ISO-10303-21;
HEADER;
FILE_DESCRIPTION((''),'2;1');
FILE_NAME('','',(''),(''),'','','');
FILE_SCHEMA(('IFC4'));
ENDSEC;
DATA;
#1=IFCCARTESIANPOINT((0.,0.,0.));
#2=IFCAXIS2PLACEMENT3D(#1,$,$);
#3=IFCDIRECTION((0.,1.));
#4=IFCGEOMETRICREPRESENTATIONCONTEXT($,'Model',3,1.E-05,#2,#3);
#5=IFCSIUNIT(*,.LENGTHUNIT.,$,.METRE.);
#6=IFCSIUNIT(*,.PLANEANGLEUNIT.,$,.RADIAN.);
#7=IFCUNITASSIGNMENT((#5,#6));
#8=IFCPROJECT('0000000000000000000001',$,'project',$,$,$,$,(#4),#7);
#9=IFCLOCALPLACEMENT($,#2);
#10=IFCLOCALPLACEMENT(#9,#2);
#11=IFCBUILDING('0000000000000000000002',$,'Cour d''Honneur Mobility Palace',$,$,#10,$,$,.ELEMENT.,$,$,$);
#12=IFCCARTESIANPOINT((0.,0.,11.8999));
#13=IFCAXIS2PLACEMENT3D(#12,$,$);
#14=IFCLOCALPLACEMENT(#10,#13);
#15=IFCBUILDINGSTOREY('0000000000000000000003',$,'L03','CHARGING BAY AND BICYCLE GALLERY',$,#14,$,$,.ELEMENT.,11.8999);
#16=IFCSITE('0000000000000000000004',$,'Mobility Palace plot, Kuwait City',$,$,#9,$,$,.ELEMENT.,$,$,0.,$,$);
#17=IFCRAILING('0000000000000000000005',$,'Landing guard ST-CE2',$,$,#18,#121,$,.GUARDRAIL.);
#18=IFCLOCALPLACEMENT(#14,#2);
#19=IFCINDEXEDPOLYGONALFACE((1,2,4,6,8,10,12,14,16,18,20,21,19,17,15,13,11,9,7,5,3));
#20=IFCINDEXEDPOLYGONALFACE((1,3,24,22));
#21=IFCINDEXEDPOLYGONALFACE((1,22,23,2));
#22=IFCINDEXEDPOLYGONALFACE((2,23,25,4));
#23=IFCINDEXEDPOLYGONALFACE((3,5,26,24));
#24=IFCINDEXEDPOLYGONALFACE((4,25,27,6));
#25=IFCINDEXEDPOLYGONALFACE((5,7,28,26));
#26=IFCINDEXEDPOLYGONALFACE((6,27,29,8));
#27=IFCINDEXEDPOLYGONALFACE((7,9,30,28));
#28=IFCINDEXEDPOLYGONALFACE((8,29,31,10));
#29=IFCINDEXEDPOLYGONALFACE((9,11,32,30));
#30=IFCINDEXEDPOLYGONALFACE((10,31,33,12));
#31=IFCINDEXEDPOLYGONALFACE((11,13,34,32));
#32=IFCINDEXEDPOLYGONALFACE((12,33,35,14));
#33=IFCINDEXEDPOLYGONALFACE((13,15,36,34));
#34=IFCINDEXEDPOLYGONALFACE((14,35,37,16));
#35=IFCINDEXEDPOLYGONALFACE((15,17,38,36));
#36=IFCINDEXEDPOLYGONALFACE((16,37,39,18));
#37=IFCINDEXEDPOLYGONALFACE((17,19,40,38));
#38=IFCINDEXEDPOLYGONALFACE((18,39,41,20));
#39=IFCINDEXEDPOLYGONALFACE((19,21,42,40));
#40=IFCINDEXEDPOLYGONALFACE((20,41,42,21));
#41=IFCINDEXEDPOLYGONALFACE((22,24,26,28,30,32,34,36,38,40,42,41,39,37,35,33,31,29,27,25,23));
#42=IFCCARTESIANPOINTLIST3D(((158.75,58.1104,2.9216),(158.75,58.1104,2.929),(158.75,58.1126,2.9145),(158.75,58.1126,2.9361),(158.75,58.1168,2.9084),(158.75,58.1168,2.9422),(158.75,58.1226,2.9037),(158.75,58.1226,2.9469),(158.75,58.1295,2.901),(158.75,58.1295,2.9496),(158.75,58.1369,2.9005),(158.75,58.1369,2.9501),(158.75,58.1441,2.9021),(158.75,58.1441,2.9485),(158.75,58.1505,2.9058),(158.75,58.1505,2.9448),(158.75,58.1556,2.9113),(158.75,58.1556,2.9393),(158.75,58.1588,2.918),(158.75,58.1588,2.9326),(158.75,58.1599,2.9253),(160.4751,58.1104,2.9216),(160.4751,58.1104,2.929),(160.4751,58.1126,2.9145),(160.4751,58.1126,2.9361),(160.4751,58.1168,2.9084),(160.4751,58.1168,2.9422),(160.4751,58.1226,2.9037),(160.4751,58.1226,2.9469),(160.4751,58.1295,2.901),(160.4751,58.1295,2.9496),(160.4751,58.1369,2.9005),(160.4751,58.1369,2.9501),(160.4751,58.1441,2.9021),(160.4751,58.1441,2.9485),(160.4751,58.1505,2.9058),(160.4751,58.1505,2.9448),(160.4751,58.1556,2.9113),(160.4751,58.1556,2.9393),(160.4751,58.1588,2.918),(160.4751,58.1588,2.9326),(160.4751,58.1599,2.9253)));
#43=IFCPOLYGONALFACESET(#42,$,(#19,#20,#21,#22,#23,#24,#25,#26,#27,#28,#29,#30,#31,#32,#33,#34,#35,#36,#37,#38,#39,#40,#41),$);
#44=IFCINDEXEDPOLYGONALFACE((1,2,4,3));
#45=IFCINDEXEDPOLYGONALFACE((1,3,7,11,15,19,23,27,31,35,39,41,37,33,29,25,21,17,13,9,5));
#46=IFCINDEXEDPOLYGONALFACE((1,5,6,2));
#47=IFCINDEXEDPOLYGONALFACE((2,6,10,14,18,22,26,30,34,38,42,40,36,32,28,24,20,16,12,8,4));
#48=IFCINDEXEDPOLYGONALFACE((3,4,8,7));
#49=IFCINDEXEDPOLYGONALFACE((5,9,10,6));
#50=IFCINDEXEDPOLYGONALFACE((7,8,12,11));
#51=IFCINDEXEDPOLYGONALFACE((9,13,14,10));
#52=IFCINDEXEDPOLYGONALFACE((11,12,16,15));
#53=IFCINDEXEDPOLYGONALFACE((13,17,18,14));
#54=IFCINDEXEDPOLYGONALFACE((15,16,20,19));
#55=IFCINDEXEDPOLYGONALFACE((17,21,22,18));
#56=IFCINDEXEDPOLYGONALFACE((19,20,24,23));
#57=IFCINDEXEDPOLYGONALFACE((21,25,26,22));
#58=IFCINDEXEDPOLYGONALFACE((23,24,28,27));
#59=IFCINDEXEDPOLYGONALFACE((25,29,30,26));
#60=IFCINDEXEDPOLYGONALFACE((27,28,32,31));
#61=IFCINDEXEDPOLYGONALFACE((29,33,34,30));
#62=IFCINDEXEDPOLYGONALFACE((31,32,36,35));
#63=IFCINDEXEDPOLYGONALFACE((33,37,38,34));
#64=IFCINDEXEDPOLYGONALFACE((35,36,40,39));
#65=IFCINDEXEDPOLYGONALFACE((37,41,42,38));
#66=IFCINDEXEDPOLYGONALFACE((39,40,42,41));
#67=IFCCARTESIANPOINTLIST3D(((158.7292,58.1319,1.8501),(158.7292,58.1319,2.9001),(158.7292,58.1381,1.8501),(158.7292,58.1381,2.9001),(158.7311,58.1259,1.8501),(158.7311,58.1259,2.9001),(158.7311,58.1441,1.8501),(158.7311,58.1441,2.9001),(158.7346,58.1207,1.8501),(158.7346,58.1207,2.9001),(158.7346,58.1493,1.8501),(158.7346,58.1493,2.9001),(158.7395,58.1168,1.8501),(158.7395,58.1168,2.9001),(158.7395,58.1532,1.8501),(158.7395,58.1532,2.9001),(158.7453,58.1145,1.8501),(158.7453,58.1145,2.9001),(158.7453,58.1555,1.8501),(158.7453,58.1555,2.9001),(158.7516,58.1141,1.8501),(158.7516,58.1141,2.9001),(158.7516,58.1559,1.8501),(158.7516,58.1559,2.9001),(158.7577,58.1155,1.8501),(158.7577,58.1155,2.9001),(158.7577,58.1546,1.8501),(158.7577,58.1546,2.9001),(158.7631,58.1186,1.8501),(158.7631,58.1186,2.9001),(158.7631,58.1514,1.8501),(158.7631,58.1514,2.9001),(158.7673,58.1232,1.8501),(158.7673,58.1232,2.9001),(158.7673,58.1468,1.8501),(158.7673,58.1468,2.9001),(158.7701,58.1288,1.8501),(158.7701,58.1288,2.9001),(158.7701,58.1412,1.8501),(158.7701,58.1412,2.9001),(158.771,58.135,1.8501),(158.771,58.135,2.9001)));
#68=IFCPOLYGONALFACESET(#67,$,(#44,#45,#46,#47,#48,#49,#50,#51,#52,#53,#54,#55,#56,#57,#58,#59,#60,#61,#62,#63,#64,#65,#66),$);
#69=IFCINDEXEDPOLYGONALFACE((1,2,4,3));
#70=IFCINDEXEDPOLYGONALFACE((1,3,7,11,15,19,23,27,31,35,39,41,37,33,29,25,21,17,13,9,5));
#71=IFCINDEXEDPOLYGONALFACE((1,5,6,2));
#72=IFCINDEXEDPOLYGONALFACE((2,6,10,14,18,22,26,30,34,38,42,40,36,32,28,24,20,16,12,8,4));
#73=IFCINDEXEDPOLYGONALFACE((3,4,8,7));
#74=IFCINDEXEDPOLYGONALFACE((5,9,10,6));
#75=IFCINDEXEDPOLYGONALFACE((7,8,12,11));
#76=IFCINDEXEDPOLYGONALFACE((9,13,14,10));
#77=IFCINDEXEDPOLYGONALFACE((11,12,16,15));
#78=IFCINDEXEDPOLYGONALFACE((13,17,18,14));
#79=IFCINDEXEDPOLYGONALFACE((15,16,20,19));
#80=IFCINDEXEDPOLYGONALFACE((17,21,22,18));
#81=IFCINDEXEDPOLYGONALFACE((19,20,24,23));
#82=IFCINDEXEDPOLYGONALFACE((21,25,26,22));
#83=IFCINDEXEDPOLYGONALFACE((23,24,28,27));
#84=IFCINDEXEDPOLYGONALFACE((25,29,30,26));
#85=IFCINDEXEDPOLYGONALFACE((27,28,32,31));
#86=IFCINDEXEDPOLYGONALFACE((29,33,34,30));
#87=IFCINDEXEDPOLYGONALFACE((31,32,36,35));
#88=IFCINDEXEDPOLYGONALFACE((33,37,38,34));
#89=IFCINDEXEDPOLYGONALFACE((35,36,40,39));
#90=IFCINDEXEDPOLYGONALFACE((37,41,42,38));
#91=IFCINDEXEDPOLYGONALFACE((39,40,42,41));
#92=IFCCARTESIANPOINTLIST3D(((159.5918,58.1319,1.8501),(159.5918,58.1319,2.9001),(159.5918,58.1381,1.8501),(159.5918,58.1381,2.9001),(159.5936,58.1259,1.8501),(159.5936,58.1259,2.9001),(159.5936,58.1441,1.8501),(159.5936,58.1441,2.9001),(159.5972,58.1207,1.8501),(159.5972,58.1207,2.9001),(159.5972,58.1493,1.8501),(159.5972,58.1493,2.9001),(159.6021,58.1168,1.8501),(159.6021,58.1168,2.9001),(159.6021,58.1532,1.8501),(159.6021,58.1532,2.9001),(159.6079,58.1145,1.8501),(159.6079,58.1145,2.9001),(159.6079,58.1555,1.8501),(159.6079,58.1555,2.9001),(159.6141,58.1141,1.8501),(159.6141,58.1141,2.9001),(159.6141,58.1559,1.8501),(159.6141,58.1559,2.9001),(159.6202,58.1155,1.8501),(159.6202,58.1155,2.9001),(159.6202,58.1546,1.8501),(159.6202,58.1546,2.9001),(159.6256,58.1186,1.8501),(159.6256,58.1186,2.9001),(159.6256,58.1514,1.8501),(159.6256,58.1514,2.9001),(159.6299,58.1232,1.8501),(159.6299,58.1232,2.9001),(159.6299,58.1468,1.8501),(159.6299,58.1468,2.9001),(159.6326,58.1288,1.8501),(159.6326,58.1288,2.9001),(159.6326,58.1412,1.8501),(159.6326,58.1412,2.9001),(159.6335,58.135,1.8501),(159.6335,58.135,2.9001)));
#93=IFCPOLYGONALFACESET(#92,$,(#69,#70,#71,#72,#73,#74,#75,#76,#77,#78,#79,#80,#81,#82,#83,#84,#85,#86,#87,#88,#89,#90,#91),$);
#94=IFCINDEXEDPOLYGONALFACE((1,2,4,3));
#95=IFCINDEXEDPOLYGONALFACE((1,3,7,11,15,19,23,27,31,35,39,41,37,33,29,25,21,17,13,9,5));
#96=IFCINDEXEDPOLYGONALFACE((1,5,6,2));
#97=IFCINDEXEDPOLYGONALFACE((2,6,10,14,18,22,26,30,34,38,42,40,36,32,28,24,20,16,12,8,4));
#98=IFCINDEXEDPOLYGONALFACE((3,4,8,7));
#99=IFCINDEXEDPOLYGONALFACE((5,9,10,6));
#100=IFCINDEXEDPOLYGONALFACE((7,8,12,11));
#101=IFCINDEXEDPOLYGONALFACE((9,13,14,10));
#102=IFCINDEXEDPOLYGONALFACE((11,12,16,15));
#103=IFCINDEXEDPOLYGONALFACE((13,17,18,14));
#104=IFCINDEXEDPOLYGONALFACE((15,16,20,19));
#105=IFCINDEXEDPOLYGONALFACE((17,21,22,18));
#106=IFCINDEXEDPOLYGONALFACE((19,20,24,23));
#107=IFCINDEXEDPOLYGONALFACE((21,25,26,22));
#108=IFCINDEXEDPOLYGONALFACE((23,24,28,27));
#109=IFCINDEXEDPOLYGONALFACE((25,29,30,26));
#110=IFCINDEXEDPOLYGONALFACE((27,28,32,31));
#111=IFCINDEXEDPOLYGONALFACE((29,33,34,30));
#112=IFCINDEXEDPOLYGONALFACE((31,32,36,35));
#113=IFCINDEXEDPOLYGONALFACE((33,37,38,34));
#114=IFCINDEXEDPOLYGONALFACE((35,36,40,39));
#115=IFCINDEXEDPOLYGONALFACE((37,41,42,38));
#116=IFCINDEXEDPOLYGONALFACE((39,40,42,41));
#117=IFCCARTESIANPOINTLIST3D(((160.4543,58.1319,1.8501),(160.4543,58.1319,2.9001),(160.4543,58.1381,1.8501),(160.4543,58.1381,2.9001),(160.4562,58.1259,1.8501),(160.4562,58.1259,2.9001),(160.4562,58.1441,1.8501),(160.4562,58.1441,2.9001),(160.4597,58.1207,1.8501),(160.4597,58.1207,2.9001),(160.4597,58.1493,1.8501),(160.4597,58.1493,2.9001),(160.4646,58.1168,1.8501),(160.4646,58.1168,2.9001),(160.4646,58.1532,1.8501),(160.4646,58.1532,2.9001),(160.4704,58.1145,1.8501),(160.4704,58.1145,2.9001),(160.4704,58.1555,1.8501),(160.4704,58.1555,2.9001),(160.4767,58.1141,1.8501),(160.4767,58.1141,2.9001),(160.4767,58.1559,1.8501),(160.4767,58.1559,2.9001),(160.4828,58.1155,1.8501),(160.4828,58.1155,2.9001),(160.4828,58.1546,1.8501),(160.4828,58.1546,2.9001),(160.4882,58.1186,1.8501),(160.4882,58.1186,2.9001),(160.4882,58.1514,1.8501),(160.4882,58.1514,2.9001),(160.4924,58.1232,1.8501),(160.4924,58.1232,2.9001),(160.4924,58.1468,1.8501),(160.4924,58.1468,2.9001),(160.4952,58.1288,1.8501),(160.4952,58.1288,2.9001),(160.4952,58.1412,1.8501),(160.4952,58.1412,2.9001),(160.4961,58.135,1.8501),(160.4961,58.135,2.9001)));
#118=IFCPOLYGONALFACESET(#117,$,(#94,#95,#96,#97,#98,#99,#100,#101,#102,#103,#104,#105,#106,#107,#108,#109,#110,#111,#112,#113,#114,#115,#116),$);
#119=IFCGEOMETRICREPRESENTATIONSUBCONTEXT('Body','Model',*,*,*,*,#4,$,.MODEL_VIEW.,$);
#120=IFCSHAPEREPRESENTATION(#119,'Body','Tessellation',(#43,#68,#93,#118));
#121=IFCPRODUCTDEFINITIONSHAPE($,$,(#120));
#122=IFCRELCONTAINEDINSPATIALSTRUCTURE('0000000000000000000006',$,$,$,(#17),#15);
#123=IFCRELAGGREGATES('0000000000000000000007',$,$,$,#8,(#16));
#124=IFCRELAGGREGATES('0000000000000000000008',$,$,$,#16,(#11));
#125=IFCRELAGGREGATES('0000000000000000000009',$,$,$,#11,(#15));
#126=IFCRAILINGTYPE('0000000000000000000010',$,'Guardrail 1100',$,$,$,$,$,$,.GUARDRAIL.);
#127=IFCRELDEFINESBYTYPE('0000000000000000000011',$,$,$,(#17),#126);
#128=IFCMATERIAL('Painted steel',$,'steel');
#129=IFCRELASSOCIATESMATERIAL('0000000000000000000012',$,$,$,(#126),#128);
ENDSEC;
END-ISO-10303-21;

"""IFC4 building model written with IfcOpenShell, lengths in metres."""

from ifc_helpers import new_model, si_unit, direction, frame, origin, origin_2d, place, context, subcontext, project, spatial, circle, extrude, material, type_object, element, save


model = new_model("IFC4")

# Units and contexts
model_context = context("Model", 3, precision=1e-05, world=origin(), true_north=direction((0.0, 1.0)))
body_context = subcontext(model_context, "Body", "Model", "MODEL_VIEW")
ifc_project = project(units=[si_unit("LENGTHUNIT", "METRE"), si_unit("PLANEANGLEUNIT", "RADIAN")], contexts=[model_context])

# Site, building, storey
site_placement = place(None, origin())
site = spatial("IfcSite", under=ifc_project, at=site_placement, Name="Mobility Palace plot, Kuwait City", CompositionType="ELEMENT", RefElevation=0.0)
building_placement = place(site_placement, origin())
building = spatial("IfcBuilding", under=site, at=building_placement, Name="Cour d'Honneur Mobility Palace", CompositionType="ELEMENT")
storey_placement = place(building_placement, frame((0.0, 0.0, 11.8999)))
storey = spatial("IfcBuildingStorey", under=building, at=storey_placement, Name="L03", Description="CHARGING BAY AND BICYCLE GALLERY", CompositionType="ELEMENT", Elevation=11.8999)

# Railing
ifc_material_1 = material(Name="Painted steel", Category="steel")
railing_type_1 = type_object("IfcRailingType", Name="Guardrail 1100", PredefinedType="GUARDRAIL", material=ifc_material_1)
railing_1_placement = place(storey_placement, frame((158.75, 58.135, 1.8501)))
element("IfcRailing", 1, at=railing_1_placement, inside=storey, type_object=railing_type_1, Name="Landing guard ST-CE2", PredefinedType="GUARDRAIL", context=body_context, shape_type="SweptSolid", body=[
    extrude(circle(Radius=0.0249, at=origin_2d()), frame((0.0, 0.0, 1.0752), z_axis=(1.0, 0.0, 0.0), x_axis=(0.0, 1.0, 0.0)), (0.0, 0.0, 1.0), 1.7251),
    extrude(circle(Radius=0.021, at=origin_2d()), origin(), (0.0, 0.0, 1.0), 1.05),
    extrude(circle(Radius=0.021, at=origin_2d()), frame((0.8625, 0.0, 0.0)), (0.0, 0.0, 1.0), 1.05),
    extrude(circle(Radius=0.021, at=origin_2d()), frame((1.7251, 0.0, 0.0)), (0.0, 0.0, 1.0), 1.05),
])

save(model, "model.ifc")
